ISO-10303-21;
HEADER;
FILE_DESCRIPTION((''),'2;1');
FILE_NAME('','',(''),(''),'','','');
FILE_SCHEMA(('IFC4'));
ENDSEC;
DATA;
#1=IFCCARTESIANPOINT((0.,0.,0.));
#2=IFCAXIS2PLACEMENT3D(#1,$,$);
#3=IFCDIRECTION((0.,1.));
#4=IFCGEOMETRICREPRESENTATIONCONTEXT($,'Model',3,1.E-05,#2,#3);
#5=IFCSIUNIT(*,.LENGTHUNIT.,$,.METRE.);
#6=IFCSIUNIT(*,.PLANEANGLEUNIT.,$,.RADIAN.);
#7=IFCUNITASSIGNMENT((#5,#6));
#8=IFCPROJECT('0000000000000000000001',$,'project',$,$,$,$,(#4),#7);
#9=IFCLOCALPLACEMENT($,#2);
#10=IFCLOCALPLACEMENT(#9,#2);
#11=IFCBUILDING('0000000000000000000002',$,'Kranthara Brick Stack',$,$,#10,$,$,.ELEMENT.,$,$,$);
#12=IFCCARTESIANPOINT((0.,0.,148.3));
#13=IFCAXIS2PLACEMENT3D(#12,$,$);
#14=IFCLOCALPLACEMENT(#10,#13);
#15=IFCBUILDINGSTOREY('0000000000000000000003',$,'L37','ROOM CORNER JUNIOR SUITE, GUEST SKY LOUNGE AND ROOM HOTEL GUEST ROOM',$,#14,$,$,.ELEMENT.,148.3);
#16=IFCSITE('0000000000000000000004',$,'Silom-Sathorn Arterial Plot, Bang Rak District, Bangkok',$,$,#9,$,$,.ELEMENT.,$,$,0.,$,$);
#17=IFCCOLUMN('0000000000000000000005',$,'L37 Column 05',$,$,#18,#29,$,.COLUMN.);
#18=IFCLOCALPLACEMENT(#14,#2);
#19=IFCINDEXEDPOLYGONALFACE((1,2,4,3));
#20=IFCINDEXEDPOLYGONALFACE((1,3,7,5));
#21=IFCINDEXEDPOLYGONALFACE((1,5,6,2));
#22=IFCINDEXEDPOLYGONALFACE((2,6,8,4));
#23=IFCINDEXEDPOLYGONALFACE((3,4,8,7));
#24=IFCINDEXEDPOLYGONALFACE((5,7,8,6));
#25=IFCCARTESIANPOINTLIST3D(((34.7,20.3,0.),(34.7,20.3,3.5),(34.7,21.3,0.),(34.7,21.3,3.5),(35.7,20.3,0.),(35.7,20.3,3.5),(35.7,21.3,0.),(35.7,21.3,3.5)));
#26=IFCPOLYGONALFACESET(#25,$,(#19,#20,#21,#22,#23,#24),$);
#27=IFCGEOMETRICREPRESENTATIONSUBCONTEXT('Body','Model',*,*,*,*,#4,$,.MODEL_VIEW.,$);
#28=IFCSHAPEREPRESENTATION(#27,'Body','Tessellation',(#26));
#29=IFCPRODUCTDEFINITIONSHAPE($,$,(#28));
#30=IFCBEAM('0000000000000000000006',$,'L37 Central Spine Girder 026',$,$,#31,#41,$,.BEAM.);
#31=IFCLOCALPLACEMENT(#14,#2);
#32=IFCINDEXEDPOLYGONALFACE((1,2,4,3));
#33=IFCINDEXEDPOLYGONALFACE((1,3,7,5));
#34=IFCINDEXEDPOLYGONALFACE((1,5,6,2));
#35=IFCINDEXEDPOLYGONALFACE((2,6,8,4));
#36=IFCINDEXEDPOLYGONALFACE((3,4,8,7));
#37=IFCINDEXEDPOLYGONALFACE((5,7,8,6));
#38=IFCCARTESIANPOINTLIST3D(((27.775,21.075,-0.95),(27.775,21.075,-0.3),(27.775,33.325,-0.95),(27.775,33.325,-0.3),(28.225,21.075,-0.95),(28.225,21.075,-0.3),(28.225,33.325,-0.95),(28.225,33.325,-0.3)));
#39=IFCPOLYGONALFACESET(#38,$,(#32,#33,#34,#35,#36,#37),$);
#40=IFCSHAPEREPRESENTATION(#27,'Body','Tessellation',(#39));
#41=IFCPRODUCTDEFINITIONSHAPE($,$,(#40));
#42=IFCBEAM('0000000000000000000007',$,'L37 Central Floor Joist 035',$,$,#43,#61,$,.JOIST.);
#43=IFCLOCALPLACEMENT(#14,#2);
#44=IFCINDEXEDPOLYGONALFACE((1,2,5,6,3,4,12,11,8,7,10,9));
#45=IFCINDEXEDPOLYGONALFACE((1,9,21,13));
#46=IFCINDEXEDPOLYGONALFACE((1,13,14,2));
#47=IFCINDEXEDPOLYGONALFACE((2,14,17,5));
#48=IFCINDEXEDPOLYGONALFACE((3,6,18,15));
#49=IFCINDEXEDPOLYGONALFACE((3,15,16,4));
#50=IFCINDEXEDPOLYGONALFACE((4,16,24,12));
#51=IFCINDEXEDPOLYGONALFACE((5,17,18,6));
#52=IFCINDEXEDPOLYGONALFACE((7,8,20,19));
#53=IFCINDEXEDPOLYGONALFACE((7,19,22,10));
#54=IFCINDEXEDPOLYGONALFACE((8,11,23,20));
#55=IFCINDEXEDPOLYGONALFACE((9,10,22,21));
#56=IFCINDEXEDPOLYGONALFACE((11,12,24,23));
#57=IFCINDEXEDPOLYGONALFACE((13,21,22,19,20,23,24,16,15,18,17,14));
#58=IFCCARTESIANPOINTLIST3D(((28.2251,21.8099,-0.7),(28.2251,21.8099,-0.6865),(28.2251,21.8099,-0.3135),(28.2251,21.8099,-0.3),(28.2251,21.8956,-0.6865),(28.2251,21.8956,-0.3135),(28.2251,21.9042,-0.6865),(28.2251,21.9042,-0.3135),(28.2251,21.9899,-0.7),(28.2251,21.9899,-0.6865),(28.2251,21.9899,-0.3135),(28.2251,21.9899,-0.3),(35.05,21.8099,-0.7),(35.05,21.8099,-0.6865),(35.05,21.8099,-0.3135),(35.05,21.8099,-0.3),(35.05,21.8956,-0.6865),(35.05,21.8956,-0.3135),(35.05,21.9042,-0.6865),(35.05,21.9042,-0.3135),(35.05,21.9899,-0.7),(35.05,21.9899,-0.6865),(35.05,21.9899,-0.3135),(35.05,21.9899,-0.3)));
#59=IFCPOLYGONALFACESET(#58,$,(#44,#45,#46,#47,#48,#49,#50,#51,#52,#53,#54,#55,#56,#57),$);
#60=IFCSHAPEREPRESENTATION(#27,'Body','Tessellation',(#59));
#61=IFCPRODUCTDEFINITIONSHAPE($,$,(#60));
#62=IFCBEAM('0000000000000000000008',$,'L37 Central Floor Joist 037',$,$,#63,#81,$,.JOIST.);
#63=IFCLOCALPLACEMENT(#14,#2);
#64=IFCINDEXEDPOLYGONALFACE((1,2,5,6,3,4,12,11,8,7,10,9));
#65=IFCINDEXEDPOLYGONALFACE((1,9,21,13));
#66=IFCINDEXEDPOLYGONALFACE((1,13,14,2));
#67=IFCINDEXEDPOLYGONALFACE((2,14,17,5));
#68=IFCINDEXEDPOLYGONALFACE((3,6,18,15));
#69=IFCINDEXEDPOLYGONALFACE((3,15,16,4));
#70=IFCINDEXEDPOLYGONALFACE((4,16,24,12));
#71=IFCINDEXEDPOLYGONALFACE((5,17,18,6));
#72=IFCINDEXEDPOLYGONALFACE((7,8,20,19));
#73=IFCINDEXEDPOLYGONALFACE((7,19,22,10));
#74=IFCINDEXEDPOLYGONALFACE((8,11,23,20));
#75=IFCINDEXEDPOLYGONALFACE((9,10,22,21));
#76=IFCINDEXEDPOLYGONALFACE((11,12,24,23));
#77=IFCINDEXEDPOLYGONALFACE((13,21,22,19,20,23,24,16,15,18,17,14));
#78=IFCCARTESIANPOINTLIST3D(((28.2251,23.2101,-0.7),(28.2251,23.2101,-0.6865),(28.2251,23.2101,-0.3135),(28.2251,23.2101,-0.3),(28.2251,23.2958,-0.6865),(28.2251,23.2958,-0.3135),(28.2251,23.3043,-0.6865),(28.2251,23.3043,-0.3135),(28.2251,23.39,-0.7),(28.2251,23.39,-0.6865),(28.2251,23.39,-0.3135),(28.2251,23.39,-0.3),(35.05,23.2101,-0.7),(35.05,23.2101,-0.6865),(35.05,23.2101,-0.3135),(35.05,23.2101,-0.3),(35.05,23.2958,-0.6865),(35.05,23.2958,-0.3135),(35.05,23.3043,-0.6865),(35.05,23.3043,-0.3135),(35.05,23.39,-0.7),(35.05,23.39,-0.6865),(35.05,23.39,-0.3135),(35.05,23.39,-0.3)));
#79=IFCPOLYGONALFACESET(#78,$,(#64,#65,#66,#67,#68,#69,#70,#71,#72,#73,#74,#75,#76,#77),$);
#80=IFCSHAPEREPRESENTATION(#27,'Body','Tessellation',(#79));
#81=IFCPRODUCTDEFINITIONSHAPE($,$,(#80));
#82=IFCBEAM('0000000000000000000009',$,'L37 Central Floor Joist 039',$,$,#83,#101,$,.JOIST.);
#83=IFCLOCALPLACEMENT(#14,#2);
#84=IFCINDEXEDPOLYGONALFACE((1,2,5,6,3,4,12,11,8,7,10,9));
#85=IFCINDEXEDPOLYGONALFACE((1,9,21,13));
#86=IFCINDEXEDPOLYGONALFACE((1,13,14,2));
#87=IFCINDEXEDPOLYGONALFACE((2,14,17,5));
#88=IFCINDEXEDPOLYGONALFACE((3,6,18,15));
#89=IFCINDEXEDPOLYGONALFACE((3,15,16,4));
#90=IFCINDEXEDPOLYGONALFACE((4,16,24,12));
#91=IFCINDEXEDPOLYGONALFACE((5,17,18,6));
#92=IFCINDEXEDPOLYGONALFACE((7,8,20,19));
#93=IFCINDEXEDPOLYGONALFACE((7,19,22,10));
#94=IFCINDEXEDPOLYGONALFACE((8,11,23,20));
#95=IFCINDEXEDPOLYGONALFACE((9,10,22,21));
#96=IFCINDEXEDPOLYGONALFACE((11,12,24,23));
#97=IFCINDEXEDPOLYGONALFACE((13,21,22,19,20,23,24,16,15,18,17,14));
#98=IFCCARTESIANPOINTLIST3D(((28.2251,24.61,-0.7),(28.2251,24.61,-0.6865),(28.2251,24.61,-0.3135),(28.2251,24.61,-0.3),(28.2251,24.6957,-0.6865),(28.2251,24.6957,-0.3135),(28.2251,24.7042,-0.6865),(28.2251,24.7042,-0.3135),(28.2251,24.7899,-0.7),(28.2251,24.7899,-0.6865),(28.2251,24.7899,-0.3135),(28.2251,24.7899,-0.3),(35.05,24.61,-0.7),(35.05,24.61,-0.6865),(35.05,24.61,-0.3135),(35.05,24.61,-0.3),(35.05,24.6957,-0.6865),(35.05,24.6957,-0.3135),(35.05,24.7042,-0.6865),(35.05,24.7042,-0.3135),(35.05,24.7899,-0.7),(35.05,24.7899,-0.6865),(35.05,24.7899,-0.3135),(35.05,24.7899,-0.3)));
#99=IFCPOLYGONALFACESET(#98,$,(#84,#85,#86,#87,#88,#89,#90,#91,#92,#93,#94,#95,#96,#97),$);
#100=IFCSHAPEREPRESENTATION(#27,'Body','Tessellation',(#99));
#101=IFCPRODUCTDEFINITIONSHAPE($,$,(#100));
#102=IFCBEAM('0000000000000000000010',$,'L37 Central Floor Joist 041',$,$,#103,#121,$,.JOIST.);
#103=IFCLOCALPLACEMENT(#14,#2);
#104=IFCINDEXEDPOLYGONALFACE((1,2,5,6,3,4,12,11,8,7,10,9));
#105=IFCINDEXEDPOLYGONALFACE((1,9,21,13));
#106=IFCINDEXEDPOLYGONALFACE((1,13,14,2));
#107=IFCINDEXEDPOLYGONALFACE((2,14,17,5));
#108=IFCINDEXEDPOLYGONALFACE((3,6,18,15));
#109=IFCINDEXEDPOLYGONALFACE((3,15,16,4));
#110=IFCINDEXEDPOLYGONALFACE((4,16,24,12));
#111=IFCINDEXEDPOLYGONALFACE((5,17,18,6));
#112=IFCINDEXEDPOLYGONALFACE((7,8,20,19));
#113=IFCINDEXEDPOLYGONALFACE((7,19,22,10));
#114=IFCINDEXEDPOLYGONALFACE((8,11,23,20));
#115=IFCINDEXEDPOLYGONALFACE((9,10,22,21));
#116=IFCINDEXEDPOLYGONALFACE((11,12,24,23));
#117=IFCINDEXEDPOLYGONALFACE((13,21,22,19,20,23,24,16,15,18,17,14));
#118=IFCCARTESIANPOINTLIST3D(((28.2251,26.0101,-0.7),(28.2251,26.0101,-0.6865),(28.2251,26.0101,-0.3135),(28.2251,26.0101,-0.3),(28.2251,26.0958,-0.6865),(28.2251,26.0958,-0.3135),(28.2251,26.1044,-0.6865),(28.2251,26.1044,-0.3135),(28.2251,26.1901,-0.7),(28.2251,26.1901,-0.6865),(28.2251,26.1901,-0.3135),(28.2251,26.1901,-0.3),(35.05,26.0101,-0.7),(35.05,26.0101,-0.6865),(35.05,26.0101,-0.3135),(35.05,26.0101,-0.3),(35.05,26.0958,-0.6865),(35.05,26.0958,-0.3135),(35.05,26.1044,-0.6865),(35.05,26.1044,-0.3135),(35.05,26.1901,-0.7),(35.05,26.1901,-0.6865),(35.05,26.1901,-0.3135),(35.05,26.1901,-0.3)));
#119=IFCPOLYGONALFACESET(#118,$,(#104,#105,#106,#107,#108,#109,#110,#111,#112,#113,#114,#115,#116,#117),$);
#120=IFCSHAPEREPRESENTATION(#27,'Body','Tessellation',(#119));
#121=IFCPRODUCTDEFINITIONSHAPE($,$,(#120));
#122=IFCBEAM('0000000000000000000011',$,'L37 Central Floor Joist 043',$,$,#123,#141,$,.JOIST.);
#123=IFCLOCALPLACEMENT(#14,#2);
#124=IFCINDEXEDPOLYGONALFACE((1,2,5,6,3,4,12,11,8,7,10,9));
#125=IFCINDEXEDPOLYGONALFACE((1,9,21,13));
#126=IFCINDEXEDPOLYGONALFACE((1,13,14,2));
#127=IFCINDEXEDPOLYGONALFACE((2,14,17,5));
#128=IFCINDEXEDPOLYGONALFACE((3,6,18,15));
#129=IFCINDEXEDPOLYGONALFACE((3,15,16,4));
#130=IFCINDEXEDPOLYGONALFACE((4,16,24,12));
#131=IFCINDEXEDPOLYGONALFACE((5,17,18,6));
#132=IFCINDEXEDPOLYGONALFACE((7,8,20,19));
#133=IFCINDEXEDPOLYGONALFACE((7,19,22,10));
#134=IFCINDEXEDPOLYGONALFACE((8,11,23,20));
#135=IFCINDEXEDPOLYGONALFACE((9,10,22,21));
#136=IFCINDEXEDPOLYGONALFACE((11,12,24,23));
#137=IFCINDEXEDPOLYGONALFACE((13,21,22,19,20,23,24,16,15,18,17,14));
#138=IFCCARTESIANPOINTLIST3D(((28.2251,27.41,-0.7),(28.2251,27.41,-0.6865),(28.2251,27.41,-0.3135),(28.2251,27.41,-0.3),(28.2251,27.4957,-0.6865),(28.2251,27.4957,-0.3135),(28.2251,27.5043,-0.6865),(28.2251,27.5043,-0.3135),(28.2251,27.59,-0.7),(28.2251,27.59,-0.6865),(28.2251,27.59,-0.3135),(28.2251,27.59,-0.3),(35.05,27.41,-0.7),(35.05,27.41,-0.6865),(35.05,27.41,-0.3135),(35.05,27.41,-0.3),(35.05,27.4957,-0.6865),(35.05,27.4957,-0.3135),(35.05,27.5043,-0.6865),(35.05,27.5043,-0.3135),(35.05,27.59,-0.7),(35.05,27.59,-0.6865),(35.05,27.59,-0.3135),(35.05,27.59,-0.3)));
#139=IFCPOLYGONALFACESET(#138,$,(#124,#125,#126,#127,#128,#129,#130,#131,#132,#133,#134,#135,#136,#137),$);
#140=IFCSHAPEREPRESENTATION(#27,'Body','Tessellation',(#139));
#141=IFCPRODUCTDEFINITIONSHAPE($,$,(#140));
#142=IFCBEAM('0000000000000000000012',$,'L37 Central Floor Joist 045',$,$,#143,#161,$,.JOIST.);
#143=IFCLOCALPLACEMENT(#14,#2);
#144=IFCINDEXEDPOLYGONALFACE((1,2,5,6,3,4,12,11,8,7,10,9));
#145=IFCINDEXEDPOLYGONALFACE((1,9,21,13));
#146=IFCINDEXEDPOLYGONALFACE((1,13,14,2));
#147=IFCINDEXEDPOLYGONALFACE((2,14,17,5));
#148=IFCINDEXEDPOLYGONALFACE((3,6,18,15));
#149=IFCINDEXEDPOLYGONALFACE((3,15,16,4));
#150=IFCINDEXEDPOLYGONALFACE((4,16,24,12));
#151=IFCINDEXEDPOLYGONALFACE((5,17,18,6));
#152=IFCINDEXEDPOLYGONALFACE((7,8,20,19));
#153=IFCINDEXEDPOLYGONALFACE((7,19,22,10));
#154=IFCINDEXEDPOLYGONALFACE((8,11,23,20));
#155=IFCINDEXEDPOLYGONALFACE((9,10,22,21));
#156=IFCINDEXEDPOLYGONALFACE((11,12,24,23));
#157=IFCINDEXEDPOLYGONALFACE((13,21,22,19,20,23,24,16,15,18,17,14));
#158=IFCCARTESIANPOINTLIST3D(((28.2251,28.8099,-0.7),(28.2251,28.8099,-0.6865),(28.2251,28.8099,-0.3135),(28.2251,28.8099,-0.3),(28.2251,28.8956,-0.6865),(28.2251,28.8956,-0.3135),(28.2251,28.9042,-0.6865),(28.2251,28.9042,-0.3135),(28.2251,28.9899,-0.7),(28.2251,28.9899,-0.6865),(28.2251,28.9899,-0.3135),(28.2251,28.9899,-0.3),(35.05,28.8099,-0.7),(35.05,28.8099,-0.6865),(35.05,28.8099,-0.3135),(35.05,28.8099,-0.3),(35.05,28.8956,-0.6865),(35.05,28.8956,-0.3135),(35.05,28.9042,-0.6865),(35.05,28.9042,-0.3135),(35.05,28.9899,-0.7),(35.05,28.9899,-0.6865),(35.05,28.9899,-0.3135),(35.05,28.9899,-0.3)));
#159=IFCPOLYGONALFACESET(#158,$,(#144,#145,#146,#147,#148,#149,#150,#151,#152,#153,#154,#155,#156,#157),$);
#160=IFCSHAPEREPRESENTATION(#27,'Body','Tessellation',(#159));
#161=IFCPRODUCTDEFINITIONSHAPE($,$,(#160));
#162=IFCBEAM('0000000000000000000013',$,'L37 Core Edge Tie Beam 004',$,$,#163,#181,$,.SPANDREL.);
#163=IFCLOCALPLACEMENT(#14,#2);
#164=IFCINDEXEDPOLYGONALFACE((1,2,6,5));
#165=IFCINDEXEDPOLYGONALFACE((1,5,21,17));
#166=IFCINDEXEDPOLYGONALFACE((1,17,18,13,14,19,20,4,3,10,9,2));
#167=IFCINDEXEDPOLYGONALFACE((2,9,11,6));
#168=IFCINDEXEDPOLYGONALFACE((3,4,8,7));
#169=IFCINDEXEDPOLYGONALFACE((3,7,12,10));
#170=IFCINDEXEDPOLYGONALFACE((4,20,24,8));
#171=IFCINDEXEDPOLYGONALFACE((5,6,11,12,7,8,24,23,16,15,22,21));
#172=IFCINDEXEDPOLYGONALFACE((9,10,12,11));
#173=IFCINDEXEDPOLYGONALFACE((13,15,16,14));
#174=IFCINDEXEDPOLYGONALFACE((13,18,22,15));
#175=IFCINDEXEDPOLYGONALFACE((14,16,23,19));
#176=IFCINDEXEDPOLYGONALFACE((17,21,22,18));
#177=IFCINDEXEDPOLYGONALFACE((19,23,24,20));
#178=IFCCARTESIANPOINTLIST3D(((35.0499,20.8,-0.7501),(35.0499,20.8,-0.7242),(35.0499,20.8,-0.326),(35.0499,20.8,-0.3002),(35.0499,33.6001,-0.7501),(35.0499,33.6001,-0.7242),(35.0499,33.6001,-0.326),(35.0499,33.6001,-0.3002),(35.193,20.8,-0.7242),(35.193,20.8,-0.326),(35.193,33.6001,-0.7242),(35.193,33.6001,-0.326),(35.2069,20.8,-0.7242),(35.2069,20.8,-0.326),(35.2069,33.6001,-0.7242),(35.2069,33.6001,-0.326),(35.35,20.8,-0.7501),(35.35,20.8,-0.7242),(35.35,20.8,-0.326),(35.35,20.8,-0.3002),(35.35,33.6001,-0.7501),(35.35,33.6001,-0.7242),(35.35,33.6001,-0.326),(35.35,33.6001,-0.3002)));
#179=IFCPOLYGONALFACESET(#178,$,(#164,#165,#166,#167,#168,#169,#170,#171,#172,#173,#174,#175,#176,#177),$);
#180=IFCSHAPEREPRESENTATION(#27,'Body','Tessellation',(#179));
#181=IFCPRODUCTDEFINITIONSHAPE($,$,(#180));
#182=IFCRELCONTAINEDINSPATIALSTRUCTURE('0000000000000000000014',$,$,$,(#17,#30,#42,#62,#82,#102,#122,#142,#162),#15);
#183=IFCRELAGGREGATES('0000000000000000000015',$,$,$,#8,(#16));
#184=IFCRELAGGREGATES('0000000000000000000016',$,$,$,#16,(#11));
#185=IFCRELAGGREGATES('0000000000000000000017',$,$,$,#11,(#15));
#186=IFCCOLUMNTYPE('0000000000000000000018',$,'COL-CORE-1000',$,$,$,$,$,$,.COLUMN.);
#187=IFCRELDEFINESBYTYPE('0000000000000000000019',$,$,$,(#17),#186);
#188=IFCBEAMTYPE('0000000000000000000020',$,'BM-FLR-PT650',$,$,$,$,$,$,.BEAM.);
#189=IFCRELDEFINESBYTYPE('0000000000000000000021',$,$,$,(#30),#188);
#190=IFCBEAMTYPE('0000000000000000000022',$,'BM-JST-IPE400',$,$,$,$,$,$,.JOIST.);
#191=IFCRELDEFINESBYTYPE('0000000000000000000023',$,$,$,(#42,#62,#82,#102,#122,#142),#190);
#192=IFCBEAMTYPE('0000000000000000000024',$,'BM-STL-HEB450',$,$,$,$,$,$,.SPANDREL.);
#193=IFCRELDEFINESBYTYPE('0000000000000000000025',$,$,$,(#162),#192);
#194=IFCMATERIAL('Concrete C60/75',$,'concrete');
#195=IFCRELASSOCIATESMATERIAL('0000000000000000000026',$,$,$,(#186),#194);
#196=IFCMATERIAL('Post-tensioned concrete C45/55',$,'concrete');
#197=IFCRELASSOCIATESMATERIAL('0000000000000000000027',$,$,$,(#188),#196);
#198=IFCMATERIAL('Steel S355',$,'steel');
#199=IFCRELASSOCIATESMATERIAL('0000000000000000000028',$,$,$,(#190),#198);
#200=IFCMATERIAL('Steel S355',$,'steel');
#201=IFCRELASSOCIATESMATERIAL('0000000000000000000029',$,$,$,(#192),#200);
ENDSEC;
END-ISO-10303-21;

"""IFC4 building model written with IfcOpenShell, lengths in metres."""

from ifc_helpers import new_model, si_unit, direction, frame, origin, origin_2d, place, context, subcontext, project, spatial, rectangle, i_section, extrude, material, material_profile, profile_set, type_object, element, save


model = new_model("IFC4")

# Units and contexts
model_context = context("Model", 3, precision=1e-05, world=origin(), true_north=direction((0.0, 1.0)))
body_context = subcontext(model_context, "Body", "Model", "MODEL_VIEW")
ifc_project = project(units=[si_unit("LENGTHUNIT", "METRE"), si_unit("PLANEANGLEUNIT", "RADIAN")], contexts=[model_context])

# Site, building, storey
site_placement = place(None, origin())
site = spatial("IfcSite", under=ifc_project, at=site_placement, Name="Silom-Sathorn Arterial Plot, Bang Rak District, Bangkok", CompositionType="ELEMENT", RefElevation=0.0)
building_placement = place(site_placement, origin())
building = spatial("IfcBuilding", under=site, at=building_placement, Name="Kranthara Brick Stack", CompositionType="ELEMENT")
storey_placement = place(building_placement, frame((0.0, 0.0, 148.3)))
storey = spatial("IfcBuildingStorey", under=building, at=storey_placement, Name="L37", Description="ROOM CORNER JUNIOR SUITE, GUEST SKY LOUNGE AND ROOM HOTEL GUEST ROOM", CompositionType="ELEMENT", Elevation=148.3)

# Column
ifc_material_1 = material(Name="Concrete C60/75", Category="concrete")
ifc_material_profile_1 = material_profile(ifc_material_1, rectangle(XDim=1.0, YDim=1.0, at=origin_2d()), Name="RC 1000x1000")
ifc_profile_set_1 = profile_set([ifc_material_profile_1], Name="Concrete C60/75")
column_type = type_object("IfcColumnType", Name="COL-CORE-1000", PredefinedType="COLUMN", material=ifc_profile_set_1)
column_placement = place(storey_placement, frame((35.2, 20.8, 0.0), z_axis=(0.0, 0.0, 1.0), x_axis=(1.0, 0.0, 0.0)))
element("IfcColumn", 1, at=column_placement, inside=storey, type_object=column_type, Name="L37 Column 05", PredefinedType="COLUMN", context=body_context, shape_type="SweptSolid", body=[
    extrude(rectangle(XDim=1.0, YDim=1.0, at=origin_2d()), origin(), (0.0, 0.0, 1.0), 3.5),
])

# Beams
ifc_material_2 = material(Name="Post-tensioned concrete C45/55", Category="concrete")
ifc_material_profile_2 = material_profile(ifc_material_2, rectangle(XDim=0.45, YDim=0.6499, at=origin_2d()), Name="PT 450x650")
ifc_profile_set_2 = profile_set([ifc_material_profile_2], Name="Post-tensioned concrete C45/55")
beam_type_1 = type_object("IfcBeamType", Name="BM-FLR-PT650", PredefinedType="BEAM", material=ifc_profile_set_2)
beam_1_placement = place(storey_placement, frame((28.0, 21.075, -0.625), z_axis=(0.0, 1.0, 0.0), x_axis=(-1.0, 0.0, 0.0)))
element("IfcBeam", 2, at=beam_1_placement, inside=storey, type_object=beam_type_1, Name="L37 Central Spine Girder 026", PredefinedType="BEAM", context=body_context, shape_type="SweptSolid", body=[
    extrude(rectangle(XDim=0.45, YDim=0.6499, at=origin_2d()), origin(), (0.0, 0.0, 1.0), 12.25),
])
ifc_material_3 = material(Name="Steel S355", Category="steel")
ifc_material_profile_3 = material_profile(ifc_material_3, i_section(OverallWidth=0.1799, OverallDepth=0.3999, WebThickness=0.0085, FlangeThickness=0.0134, at=origin_2d()), Name="IPE 400")
ifc_profile_set_3 = profile_set([ifc_material_profile_3], Name="Steel S355")
beam_type_2 = type_object("IfcBeamType", Name="BM-JST-IPE400", PredefinedType="JOIST", material=ifc_profile_set_3)
for number, where, z_axis, x_axis, name in (
    (3, (28.2251, 21.8999, -0.5), (1.0, 0.0, 0.0), (0.0, 1.0, 0.0), "L37 Central Floor Joist 035"),
    (4, (28.2251, 23.3, -0.5), (1.0, 0.0, 0.0), (0.0, 1.0, 0.0), "L37 Central Floor Joist 037"),
    (5, (28.2251, 24.7, -0.5), (1.0, 0.0, 0.0), (0.0, 1.0, 0.0), "L37 Central Floor Joist 039"),
    (6, (28.2251, 26.1001, -0.5), (1.0, 0.0, 0.0), (0.0, 1.0, 0.0), "L37 Central Floor Joist 041"),
    (7, (28.2251, 27.5, -0.5), (1.0, 0.0, 0.0), (0.0, 1.0, 0.0), "L37 Central Floor Joist 043"),
    (8, (28.2251, 28.8999, -0.5), (1.0, 0.0, 0.0), (0.0, 1.0, 0.0), "L37 Central Floor Joist 045"),
):
    element("IfcBeam", number, at=place(storey_placement, frame(where, z_axis=z_axis, x_axis=x_axis)), inside=storey, type_object=beam_type_2, Name=name, PredefinedType="JOIST", context=body_context, shape_type="SweptSolid", body=[
        extrude(i_section(OverallWidth=0.1799, OverallDepth=0.3999, WebThickness=0.0085, FlangeThickness=0.0134, at=origin_2d()), origin(), (0.0, 0.0, 1.0), 6.825),
    ])
ifc_material_4 = material(Name="Steel S355", Category="steel")
ifc_material_profile_4 = material_profile(ifc_material_4, i_section(OverallWidth=0.3, OverallDepth=0.45, WebThickness=0.0139, FlangeThickness=0.0259, at=origin_2d()), Name="HEB 450")
ifc_profile_set_4 = profile_set([ifc_material_profile_4], Name="Steel S355")
beam_type_3 = type_object("IfcBeamType", Name="BM-STL-HEB450", PredefinedType="SPANDREL", material=ifc_profile_set_4)
beam_2_placement = place(storey_placement, frame((35.2, 20.8, -0.5251), z_axis=(0.0, 1.0, 0.0), x_axis=(-1.0, 0.0, 0.0)))
element("IfcBeam", 9, at=beam_2_placement, inside=storey, type_object=beam_type_3, Name="L37 Core Edge Tie Beam 004", PredefinedType="SPANDREL", context=body_context, shape_type="SweptSolid", body=[
    extrude(i_section(OverallWidth=0.3, OverallDepth=0.45, WebThickness=0.0139, FlangeThickness=0.0259, at=origin_2d()), origin(), (0.0, 0.0, 1.0), 12.8),
])

save(model, "model.ifc")
